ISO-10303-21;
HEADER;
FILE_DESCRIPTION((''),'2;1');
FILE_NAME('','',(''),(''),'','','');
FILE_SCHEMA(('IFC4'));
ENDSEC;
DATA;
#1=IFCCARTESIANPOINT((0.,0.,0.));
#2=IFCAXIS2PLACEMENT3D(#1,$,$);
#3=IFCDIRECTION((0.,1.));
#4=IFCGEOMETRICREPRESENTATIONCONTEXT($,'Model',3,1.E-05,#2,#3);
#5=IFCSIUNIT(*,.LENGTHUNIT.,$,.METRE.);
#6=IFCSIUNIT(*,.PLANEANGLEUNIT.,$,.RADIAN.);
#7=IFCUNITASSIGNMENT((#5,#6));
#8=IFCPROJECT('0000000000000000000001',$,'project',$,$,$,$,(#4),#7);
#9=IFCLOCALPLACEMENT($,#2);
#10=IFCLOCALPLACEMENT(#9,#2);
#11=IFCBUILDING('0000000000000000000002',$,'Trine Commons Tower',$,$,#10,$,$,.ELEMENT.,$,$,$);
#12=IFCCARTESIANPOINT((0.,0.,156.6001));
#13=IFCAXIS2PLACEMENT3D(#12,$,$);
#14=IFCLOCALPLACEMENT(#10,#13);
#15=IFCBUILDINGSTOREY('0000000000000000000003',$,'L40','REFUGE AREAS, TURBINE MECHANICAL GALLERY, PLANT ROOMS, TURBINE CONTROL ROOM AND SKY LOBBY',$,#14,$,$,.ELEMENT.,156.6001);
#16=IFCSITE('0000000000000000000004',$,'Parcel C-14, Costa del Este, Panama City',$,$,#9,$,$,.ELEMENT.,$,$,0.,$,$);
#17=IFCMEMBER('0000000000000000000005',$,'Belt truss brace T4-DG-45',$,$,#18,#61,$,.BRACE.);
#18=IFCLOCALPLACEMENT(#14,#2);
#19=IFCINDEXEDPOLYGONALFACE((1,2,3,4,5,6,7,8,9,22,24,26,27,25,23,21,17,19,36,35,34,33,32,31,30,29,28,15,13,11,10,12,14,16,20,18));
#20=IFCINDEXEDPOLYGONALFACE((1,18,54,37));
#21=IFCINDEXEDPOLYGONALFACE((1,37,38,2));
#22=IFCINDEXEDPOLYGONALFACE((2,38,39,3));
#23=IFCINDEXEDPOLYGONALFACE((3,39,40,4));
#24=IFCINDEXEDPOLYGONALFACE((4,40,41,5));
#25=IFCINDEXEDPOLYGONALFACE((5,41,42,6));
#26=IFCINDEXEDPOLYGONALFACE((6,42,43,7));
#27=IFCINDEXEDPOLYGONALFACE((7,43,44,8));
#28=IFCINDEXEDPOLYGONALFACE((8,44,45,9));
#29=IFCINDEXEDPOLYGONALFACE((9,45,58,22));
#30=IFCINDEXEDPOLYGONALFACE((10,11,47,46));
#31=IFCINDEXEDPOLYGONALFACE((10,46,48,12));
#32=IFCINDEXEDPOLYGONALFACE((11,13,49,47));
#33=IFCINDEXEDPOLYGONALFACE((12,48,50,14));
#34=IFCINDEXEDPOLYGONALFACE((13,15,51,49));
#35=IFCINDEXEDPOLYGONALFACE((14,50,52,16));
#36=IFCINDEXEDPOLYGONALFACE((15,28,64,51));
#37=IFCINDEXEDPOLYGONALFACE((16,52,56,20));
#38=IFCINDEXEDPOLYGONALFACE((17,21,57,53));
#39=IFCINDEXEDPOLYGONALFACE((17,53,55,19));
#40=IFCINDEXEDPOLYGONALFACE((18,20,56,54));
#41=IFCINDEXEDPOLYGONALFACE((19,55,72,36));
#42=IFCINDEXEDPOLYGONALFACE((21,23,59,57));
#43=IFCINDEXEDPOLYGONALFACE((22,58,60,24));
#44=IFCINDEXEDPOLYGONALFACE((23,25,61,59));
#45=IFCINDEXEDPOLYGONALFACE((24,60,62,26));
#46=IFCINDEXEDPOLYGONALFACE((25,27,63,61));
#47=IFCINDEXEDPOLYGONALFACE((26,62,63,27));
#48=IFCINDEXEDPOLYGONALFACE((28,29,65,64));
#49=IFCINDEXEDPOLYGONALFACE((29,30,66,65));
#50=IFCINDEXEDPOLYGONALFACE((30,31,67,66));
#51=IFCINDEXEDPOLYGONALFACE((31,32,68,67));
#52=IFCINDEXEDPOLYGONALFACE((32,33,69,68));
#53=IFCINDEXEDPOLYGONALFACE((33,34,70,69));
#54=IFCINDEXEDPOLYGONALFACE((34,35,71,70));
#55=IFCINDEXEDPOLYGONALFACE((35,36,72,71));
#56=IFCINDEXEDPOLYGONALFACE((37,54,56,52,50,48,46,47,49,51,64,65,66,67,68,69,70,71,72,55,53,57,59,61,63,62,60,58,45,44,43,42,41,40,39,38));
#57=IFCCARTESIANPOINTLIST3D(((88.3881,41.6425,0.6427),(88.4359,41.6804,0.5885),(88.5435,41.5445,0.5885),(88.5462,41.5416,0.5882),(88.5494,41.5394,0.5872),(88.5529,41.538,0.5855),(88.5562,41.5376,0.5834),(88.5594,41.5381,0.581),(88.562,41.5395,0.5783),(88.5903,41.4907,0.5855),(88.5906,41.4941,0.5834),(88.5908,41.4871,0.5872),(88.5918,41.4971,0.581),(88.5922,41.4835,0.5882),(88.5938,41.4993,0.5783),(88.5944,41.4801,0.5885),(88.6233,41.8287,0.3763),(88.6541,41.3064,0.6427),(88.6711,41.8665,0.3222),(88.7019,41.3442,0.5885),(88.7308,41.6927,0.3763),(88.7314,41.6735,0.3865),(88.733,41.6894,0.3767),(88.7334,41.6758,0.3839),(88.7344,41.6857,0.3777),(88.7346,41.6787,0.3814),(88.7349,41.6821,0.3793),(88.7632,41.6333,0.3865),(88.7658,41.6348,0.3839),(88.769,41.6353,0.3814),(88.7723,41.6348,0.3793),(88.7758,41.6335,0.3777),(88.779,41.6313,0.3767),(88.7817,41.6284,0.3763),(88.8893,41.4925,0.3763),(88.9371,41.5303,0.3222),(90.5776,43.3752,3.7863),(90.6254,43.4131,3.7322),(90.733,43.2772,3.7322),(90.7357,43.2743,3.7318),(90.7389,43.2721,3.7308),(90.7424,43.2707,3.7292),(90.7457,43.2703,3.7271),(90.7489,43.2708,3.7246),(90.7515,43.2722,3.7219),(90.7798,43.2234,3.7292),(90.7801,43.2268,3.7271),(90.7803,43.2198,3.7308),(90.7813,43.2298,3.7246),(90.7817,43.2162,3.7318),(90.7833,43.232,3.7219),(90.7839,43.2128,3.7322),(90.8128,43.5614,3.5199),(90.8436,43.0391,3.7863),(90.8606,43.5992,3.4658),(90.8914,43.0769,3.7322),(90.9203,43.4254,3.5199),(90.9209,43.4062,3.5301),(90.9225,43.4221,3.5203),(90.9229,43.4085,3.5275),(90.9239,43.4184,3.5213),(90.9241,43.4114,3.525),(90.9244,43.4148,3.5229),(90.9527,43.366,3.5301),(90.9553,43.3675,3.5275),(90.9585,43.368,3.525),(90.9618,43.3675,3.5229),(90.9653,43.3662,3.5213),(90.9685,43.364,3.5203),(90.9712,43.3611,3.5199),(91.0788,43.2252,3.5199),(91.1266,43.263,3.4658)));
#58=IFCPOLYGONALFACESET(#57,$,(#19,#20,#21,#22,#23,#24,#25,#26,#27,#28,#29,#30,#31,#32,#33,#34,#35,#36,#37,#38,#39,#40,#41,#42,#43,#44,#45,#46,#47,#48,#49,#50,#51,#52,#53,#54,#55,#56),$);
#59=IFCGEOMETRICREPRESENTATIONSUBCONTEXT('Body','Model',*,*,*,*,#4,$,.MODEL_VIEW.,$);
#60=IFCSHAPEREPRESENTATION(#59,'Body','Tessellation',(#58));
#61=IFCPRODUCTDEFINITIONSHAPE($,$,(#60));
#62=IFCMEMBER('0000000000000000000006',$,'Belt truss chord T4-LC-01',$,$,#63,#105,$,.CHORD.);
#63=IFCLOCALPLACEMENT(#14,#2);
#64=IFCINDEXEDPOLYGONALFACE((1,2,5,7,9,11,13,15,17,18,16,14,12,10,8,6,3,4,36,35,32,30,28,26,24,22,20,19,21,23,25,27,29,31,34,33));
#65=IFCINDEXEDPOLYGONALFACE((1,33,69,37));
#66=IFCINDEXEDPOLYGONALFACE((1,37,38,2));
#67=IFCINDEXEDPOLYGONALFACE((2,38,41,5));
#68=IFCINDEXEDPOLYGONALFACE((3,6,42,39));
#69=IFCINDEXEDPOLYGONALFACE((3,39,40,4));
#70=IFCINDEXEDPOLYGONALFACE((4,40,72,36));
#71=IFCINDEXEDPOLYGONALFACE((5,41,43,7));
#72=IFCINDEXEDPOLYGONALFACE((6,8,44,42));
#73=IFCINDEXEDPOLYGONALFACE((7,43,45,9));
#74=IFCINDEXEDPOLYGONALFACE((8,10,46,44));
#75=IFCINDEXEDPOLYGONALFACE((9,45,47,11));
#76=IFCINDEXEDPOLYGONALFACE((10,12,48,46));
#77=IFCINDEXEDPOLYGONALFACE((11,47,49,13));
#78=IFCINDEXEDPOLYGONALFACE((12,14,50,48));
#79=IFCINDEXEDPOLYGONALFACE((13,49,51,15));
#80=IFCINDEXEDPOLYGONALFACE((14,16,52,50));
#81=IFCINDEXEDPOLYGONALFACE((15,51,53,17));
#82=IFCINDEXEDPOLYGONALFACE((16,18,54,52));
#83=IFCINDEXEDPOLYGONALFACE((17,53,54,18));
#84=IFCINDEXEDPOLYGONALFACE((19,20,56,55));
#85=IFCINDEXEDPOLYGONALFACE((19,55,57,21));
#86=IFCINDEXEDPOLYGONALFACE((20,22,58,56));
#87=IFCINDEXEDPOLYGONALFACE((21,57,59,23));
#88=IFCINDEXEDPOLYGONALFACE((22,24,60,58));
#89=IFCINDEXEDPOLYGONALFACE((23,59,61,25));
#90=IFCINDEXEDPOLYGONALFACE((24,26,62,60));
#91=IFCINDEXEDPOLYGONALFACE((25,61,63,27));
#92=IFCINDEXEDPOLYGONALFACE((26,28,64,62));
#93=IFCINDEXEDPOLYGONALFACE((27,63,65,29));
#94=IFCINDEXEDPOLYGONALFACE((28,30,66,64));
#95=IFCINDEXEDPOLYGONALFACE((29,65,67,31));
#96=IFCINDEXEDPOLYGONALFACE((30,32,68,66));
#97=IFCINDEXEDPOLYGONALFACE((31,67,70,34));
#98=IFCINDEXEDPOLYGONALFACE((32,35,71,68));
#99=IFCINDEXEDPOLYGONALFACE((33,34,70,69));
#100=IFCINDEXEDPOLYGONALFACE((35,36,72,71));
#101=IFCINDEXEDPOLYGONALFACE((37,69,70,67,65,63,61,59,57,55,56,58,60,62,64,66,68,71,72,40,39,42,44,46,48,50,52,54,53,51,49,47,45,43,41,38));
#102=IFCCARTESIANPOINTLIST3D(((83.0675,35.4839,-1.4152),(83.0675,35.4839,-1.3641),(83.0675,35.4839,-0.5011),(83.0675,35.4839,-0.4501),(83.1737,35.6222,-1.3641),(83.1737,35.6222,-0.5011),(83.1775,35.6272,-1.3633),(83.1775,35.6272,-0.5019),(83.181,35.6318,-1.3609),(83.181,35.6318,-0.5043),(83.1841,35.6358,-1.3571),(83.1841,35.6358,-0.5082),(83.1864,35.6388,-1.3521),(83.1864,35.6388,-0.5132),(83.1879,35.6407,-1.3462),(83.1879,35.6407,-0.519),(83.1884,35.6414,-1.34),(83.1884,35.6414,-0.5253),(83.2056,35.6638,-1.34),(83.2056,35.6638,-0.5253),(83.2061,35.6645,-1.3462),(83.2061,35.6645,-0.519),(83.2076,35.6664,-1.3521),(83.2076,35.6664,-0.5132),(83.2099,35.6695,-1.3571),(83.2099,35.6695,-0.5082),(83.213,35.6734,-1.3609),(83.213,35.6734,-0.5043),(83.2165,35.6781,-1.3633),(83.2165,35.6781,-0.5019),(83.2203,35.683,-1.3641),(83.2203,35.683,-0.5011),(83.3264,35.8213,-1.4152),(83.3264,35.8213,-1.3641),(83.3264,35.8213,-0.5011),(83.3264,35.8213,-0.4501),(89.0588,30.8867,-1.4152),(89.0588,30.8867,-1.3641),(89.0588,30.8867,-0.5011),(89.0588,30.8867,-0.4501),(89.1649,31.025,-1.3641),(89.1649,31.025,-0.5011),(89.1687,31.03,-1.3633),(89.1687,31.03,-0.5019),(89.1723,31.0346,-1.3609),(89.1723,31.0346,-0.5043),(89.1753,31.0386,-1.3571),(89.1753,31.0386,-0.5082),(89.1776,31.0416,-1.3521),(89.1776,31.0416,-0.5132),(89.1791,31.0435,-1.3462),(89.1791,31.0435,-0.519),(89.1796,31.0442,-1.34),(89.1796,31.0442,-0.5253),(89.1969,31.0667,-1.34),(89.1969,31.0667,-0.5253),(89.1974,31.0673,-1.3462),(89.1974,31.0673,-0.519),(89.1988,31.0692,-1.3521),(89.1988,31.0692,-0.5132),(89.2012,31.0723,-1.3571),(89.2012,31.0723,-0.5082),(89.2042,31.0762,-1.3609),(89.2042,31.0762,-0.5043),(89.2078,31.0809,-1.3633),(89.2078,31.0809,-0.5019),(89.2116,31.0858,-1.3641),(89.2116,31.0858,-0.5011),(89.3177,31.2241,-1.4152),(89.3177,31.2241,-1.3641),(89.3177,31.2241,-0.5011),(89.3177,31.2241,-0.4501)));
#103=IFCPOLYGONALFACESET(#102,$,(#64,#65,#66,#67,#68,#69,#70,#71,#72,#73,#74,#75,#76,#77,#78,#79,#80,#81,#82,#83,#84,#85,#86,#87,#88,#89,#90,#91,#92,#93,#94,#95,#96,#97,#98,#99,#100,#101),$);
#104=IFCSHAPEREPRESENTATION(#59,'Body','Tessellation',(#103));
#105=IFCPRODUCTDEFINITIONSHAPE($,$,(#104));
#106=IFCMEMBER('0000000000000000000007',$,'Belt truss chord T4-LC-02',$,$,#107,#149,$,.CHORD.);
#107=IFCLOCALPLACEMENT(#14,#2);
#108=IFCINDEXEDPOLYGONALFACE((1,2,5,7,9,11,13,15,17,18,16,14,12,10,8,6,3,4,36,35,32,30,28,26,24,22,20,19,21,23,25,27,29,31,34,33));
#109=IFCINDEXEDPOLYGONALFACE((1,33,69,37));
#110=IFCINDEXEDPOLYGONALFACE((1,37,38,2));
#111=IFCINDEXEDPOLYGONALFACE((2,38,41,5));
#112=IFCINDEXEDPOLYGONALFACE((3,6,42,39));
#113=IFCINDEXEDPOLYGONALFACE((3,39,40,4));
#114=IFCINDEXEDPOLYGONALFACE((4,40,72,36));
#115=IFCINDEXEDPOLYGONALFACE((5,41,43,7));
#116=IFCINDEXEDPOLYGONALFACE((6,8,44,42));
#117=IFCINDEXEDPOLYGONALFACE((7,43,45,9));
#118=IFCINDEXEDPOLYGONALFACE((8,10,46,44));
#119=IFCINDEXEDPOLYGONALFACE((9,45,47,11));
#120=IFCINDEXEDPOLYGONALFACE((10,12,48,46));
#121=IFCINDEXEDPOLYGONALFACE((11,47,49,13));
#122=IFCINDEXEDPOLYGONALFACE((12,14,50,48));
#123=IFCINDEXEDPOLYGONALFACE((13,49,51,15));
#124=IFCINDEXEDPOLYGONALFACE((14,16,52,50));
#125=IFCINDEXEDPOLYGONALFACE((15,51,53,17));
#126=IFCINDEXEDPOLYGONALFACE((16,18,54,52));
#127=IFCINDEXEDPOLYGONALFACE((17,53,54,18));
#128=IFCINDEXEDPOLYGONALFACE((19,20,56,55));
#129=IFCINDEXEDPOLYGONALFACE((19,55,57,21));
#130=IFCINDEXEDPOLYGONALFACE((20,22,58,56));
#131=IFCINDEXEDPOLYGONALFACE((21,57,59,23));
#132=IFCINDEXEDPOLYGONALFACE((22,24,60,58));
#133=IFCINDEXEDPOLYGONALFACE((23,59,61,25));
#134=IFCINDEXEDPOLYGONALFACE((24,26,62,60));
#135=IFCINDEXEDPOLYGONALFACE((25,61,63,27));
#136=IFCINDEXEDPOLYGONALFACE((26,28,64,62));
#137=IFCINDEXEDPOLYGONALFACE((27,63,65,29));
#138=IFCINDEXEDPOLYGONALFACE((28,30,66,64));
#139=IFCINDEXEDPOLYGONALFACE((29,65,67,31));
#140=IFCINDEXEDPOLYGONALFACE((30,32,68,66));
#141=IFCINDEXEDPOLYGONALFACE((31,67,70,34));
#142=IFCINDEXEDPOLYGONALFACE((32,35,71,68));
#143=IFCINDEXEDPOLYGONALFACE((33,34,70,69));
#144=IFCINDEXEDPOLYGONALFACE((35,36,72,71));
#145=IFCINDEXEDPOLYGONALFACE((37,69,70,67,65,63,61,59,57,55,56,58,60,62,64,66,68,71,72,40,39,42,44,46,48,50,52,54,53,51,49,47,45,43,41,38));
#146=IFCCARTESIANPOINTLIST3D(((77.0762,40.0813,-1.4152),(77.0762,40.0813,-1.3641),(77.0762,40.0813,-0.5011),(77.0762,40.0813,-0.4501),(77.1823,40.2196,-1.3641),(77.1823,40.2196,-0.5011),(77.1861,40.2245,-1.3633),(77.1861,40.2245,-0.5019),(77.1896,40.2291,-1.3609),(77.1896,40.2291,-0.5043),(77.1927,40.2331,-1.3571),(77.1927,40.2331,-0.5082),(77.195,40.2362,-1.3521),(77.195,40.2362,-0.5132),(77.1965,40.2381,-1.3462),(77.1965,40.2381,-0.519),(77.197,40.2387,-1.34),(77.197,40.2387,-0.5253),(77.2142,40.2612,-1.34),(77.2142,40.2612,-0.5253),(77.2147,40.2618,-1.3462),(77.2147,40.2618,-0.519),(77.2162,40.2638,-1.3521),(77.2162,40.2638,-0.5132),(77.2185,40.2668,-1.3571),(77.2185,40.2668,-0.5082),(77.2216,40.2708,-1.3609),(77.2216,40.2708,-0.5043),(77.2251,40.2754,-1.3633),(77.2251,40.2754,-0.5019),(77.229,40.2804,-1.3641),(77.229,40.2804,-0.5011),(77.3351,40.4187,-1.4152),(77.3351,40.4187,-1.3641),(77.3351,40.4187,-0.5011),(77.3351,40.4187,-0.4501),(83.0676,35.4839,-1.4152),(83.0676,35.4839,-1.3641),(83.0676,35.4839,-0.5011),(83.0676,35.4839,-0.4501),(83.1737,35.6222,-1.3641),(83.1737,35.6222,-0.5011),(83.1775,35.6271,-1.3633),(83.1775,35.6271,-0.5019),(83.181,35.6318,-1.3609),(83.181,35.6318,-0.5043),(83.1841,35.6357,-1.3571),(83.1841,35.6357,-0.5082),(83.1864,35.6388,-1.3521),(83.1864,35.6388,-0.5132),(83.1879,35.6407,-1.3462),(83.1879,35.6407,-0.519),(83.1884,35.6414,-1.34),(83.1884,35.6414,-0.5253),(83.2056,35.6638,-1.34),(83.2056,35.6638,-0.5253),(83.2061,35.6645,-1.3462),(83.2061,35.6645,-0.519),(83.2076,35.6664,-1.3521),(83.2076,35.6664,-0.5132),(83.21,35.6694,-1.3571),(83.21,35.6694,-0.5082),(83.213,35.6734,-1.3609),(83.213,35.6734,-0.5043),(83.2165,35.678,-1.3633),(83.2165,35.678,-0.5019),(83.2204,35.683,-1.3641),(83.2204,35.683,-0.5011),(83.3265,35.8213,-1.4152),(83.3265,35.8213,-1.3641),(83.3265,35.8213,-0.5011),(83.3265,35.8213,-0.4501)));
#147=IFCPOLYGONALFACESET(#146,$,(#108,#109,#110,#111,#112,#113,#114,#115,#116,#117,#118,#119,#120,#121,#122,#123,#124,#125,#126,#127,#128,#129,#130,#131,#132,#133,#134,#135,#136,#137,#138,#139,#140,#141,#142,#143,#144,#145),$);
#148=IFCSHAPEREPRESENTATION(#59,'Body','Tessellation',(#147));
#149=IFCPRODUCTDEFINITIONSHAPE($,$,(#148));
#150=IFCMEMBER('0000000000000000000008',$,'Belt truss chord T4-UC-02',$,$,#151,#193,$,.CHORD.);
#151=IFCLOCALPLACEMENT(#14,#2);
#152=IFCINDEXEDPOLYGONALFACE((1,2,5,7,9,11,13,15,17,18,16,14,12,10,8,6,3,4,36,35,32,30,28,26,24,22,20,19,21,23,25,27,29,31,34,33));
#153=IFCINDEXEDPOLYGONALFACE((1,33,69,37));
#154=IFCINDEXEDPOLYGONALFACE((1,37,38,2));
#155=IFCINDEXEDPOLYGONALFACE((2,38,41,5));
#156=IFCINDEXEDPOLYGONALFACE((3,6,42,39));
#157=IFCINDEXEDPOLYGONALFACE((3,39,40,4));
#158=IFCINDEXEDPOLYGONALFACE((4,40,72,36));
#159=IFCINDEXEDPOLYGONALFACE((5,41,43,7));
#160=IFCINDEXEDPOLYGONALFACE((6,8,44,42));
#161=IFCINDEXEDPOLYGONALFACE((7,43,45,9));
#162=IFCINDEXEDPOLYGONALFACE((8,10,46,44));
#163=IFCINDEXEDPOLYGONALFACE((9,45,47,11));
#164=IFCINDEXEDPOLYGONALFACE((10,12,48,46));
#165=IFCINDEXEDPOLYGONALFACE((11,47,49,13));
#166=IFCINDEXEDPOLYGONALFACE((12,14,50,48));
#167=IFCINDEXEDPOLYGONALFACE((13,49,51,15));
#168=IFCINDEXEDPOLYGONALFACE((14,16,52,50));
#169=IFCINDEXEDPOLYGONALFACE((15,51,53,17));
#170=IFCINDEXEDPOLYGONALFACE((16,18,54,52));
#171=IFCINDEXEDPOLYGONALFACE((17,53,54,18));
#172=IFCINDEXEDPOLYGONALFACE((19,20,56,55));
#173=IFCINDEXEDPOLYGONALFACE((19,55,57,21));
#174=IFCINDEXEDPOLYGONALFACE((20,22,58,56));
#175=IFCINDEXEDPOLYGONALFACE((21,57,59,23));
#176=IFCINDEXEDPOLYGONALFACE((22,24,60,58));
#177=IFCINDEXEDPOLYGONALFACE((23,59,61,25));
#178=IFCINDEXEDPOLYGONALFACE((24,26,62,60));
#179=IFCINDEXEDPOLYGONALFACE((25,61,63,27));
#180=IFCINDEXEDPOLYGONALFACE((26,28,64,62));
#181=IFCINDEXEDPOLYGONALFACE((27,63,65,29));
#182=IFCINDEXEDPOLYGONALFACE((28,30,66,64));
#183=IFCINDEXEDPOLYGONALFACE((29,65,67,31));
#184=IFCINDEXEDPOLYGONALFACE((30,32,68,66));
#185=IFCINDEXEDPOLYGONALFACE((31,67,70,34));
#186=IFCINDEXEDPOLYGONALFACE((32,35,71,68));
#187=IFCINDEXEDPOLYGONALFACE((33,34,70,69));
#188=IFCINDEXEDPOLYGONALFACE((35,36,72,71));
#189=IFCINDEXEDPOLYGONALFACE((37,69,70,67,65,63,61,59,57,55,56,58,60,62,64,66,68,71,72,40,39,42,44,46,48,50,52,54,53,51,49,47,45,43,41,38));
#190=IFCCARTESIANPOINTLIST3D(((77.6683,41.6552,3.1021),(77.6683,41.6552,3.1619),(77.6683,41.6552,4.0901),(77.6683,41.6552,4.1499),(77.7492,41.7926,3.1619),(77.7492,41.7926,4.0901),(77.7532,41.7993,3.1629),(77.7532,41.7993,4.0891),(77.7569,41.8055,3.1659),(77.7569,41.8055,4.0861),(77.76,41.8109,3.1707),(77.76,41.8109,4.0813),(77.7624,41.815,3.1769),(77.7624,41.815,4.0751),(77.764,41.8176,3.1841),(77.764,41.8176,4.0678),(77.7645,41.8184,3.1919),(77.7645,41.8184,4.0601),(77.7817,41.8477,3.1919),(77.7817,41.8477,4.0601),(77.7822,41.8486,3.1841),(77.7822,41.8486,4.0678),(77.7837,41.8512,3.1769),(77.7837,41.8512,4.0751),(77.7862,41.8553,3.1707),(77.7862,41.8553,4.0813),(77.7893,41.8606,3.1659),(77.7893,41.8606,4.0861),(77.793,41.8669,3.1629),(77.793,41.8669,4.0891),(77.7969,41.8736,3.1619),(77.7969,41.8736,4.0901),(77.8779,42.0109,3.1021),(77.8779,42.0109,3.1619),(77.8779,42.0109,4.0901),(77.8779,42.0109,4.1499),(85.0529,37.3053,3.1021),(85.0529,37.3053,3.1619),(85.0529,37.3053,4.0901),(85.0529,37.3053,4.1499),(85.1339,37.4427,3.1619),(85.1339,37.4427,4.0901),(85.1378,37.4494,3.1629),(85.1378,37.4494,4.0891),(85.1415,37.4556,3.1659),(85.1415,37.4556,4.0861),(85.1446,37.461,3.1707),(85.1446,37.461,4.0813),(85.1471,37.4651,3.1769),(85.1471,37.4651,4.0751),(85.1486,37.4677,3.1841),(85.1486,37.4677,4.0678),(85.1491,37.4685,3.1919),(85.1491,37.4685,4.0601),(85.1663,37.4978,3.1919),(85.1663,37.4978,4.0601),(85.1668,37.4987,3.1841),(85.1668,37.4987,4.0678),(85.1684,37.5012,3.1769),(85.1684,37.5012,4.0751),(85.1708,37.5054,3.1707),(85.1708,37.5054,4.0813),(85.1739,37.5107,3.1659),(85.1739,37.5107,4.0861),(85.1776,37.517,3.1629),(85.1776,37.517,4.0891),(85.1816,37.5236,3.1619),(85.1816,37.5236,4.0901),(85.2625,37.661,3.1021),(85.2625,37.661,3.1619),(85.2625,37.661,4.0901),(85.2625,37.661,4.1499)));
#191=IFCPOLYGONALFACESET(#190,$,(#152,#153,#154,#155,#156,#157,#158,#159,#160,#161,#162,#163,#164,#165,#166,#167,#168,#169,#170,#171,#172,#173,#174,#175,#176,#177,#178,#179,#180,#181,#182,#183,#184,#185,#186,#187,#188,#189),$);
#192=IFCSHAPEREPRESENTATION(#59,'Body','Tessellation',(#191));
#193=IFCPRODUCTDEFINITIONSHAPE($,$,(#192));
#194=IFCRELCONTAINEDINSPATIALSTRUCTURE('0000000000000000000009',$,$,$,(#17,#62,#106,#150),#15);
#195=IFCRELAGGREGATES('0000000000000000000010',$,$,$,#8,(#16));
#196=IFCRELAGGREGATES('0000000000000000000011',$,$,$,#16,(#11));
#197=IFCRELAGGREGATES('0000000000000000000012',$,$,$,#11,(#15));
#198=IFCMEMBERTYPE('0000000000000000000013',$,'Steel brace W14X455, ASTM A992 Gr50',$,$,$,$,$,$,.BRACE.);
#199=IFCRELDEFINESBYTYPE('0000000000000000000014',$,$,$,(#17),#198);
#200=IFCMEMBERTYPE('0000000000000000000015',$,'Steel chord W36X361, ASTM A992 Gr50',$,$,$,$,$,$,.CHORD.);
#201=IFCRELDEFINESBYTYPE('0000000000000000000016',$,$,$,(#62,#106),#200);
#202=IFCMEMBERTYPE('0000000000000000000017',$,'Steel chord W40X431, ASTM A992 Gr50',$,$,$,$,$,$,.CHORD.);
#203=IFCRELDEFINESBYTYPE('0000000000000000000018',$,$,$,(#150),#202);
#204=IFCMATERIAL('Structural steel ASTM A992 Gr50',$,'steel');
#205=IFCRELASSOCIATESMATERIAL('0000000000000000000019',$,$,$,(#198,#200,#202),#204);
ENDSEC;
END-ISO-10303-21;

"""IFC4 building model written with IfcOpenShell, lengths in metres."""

from ifc_helpers import new_model, si_unit, direction, frame, origin, origin_2d, place, context, subcontext, project, spatial, i_section, extrude, material, material_profile, profile_set, type_object, element, save


model = new_model("IFC4")

# Units and contexts
model_context = context("Model", 3, precision=1e-05, world=origin(), true_north=direction((0.0, 1.0)))
body_context = subcontext(model_context, "Body", "Model", "MODEL_VIEW")
ifc_project = project(units=[si_unit("LENGTHUNIT", "METRE"), si_unit("PLANEANGLEUNIT", "RADIAN")], contexts=[model_context])

# Site, building, storey
site_placement = place(None, origin())
site = spatial("IfcSite", under=ifc_project, at=site_placement, Name="Parcel C-14, Costa del Este, Panama City", CompositionType="ELEMENT", RefElevation=0.0)
building_placement = place(site_placement, origin())
building = spatial("IfcBuilding", under=site, at=building_placement, Name="Trine Commons Tower", CompositionType="ELEMENT")
storey_placement = place(building_placement, frame((0.0, 0.0, 156.6001)))
storey = spatial("IfcBuildingStorey", under=building, at=storey_placement, Name="L40", Description="REFUGE AREAS, TURBINE MECHANICAL GALLERY, PLANT ROOMS, TURBINE CONTROL ROOM AND SKY LOBBY", CompositionType="ELEMENT", Elevation=156.6001)

# Members
ifc_material_1 = material(Name="Structural steel ASTM A992 Gr50", Category="steel")
ifc_material_profile_1 = material_profile(ifc_material_1, i_section(OverallWidth=0.4287, OverallDepth=0.4827, WebThickness=0.0513, FlangeThickness=0.0815, FilletRadius=0.0154, at=origin_2d()), Name="W14X455")
ifc_profile_set_1 = profile_set([ifc_material_profile_1], Name="Structural steel ASTM A992 Gr50")
member_type_1 = type_object("IfcMemberType", Name="Steel brace W14X455, ASTM A992 Gr50", PredefinedType="BRACE", material=ifc_profile_set_1)
member_1_placement = place(storey_placement, frame((88.6626, 41.5864, 0.4824), z_axis=(0.520741, 0.412099, 0.747665), x_axis=(-0.62056, 0.784159, 0.0)))
element("IfcMember", 1, at=member_1_placement, inside=storey, type_object=member_type_1, Name="Belt truss brace T4-DG-45", PredefinedType="BRACE", context=body_context, shape_type="SweptSolid", body=[
    extrude(i_section(OverallWidth=0.4287, OverallDepth=0.4827, WebThickness=0.0513, FlangeThickness=0.0815, FilletRadius=0.0154, at=origin_2d()), origin(), (0.0, 0.0, 1.0), 4.2046),
])
ifc_material_profile_2 = material_profile(ifc_material_1, i_section(OverallWidth=0.4253, OverallDepth=0.9651, WebThickness=0.0283, FlangeThickness=0.051, FilletRadius=0.0242, at=origin_2d()), Name="W36X361")
ifc_profile_set_2 = profile_set([ifc_material_profile_2], Name="Structural steel ASTM A992 Gr50")
member_type_2 = type_object("IfcMemberType", Name="Steel chord W36X361, ASTM A992 Gr50", PredefinedType="CHORD", material=ifc_profile_set_2)
member_2_placement = place(storey_placement, frame((89.1882, 31.0554, -0.9326), z_axis=(-0.793357, 0.608757, 0.0), x_axis=(-0.608757, -0.793357, 0.0)))
element("IfcMember", 2, at=member_2_placement, inside=storey, type_object=member_type_2, Name="Belt truss chord T4-LC-01", PredefinedType="CHORD", context=body_context, shape_type="SweptSolid", body=[
    extrude(i_section(OverallWidth=0.4253, OverallDepth=0.9651, WebThickness=0.0283, FlangeThickness=0.051, FilletRadius=0.0242, at=origin_2d()), origin(), (0.0, 0.0, 1.0), 7.5518),
])
member_3_placement = place(storey_placement, frame((83.197, 35.6526, -0.9326), z_axis=(-0.793353, 0.608762, 0.0), x_axis=(-0.608762, -0.793353, 0.0)))
element("IfcMember", 3, at=member_3_placement, inside=storey, type_object=member_type_2, Name="Belt truss chord T4-LC-02", PredefinedType="CHORD", context=body_context, shape_type="SweptSolid", body=[
    extrude(i_section(OverallWidth=0.4253, OverallDepth=0.9651, WebThickness=0.0283, FlangeThickness=0.051, FilletRadius=0.0242, at=origin_2d()), origin(), (0.0, 0.0, 1.0), 7.552),
])
ifc_material_profile_3 = material_profile(ifc_material_1, i_section(OverallWidth=0.4128, OverallDepth=1.0479, WebThickness=0.0339, FlangeThickness=0.0598, FilletRadius=0.03, at=origin_2d()), Name="W40X431")
ifc_profile_set_3 = profile_set([ifc_material_profile_3], Name="Structural steel ASTM A992 Gr50")
member_type_3 = type_object("IfcMemberType", Name="Steel chord W40X431, ASTM A992 Gr50", PredefinedType="CHORD", material=ifc_profile_set_3)
member_4_placement = place(storey_placement, frame((85.1577, 37.4832, 3.626), z_axis=(-0.861627, 0.507542, 0.0), x_axis=(-0.507542, -0.861627, 0.0)))
element("IfcMember", 4, at=member_4_placement, inside=storey, type_object=member_type_3, Name="Belt truss chord T4-UC-02", PredefinedType="CHORD", context=body_context, shape_type="SweptSolid", body=[
    extrude(i_section(OverallWidth=0.4128, OverallDepth=1.0479, WebThickness=0.0339, FlangeThickness=0.0598, FilletRadius=0.03, at=origin_2d()), origin(), (0.0, 0.0, 1.0), 8.5706),
])

save(model, "model.ifc")
